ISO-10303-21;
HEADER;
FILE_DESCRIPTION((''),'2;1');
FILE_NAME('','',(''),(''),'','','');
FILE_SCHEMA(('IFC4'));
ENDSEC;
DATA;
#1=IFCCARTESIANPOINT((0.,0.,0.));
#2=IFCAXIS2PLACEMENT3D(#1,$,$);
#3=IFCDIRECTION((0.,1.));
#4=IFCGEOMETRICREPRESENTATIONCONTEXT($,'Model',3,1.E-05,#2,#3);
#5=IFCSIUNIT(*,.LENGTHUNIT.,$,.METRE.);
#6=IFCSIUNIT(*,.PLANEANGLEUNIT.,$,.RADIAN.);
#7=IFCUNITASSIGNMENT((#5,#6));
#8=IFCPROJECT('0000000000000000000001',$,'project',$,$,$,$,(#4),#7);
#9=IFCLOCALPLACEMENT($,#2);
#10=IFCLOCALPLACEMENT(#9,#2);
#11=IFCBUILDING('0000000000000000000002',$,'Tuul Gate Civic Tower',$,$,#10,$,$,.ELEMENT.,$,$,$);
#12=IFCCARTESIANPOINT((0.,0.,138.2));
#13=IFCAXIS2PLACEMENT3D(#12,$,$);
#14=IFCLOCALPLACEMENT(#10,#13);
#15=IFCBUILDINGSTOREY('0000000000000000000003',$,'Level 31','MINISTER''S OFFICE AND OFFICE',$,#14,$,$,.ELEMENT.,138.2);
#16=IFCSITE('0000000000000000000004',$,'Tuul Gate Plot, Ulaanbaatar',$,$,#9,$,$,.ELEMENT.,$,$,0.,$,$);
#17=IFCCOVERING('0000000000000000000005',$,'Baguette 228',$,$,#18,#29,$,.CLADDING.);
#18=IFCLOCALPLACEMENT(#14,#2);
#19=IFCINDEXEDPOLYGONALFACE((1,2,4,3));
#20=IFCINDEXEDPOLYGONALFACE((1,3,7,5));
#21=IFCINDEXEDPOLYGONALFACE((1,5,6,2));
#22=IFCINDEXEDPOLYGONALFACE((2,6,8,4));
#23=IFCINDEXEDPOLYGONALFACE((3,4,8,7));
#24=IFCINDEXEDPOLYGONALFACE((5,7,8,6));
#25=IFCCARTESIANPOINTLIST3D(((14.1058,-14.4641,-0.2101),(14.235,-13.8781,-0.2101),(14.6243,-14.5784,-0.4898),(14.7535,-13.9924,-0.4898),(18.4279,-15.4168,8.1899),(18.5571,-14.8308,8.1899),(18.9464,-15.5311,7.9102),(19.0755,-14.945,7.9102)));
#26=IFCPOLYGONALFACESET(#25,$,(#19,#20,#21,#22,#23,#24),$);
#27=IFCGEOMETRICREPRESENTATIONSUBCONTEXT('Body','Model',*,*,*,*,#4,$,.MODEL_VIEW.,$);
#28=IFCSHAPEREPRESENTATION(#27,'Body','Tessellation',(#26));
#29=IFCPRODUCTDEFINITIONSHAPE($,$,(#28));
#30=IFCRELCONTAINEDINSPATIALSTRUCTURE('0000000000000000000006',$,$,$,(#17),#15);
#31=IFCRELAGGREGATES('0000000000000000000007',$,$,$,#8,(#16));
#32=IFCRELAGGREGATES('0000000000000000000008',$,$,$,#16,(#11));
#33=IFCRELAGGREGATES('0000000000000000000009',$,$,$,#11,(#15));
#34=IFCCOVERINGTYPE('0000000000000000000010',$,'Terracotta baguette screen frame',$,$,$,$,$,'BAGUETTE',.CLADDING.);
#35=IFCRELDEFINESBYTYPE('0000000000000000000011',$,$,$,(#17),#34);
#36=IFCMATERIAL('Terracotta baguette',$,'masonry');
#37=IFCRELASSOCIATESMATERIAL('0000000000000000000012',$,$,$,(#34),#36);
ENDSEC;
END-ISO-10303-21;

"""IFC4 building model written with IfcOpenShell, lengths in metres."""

from ifc_helpers import new_model, si_unit, direction, frame, origin, origin_2d, place, context, subcontext, project, spatial, rectangle, extrude, material, material_profile, profile_set, type_object, element, save


model = new_model("IFC4")

# Units and contexts
model_context = context("Model", 3, precision=1e-05, world=origin(), true_north=direction((0.0, 1.0)))
body_context = subcontext(model_context, "Body", "Model", "MODEL_VIEW")
ifc_project = project(units=[si_unit("LENGTHUNIT", "METRE"), si_unit("PLANEANGLEUNIT", "RADIAN")], contexts=[model_context])

# Site, building, storey
site_placement = place(None, origin())
site = spatial("IfcSite", under=ifc_project, at=site_placement, Name="Tuul Gate Plot, Ulaanbaatar", CompositionType="ELEMENT", RefElevation=0.0)
building_placement = place(site_placement, origin())
building = spatial("IfcBuilding", under=site, at=building_placement, Name="Tuul Gate Civic Tower", CompositionType="ELEMENT")
storey_placement = place(building_placement, frame((0.0, 0.0, 138.2)))
storey = spatial("IfcBuildingStorey", under=building, at=storey_placement, Name="Level 31", Description="MINISTER'S OFFICE AND OFFICE", CompositionType="ELEMENT", Elevation=138.2)

# Covering
ifc_material_1 = material(Name="Terracotta baguette", Category="masonry")
ifc_material_profile_1 = material_profile(ifc_material_1, rectangle(XDim=0.6001, YDim=0.6001, at=origin_2d()), Name="Terracotta baguette screen frame")
ifc_profile_set_1 = profile_set([ifc_material_profile_1], Name="Terracotta baguette")
covering_type = type_object("IfcCoveringType", Name="Terracotta baguette screen frame", ElementType="BAGUETTE", PredefinedType="CLADDING", material=ifc_profile_set_1)
covering_placement = place(storey_placement, frame((18.7517, -15.1809, 8.05), z_axis=(-0.455213, 0.100336, -0.884711), x_axis=(-0.215248, -0.976559, 0.0)))
element("IfcCovering", 1, at=covering_placement, inside=storey, type_object=covering_type, Name="Baguette 228", PredefinedType="CLADDING", context=body_context, shape_type="SweptSolid", body=[
    extrude(rectangle(XDim=0.6001, YDim=0.6001, at=origin_2d()), origin(), (0.0, 0.0, 1.0), 9.4946),
])

save(model, "model.ifc")
